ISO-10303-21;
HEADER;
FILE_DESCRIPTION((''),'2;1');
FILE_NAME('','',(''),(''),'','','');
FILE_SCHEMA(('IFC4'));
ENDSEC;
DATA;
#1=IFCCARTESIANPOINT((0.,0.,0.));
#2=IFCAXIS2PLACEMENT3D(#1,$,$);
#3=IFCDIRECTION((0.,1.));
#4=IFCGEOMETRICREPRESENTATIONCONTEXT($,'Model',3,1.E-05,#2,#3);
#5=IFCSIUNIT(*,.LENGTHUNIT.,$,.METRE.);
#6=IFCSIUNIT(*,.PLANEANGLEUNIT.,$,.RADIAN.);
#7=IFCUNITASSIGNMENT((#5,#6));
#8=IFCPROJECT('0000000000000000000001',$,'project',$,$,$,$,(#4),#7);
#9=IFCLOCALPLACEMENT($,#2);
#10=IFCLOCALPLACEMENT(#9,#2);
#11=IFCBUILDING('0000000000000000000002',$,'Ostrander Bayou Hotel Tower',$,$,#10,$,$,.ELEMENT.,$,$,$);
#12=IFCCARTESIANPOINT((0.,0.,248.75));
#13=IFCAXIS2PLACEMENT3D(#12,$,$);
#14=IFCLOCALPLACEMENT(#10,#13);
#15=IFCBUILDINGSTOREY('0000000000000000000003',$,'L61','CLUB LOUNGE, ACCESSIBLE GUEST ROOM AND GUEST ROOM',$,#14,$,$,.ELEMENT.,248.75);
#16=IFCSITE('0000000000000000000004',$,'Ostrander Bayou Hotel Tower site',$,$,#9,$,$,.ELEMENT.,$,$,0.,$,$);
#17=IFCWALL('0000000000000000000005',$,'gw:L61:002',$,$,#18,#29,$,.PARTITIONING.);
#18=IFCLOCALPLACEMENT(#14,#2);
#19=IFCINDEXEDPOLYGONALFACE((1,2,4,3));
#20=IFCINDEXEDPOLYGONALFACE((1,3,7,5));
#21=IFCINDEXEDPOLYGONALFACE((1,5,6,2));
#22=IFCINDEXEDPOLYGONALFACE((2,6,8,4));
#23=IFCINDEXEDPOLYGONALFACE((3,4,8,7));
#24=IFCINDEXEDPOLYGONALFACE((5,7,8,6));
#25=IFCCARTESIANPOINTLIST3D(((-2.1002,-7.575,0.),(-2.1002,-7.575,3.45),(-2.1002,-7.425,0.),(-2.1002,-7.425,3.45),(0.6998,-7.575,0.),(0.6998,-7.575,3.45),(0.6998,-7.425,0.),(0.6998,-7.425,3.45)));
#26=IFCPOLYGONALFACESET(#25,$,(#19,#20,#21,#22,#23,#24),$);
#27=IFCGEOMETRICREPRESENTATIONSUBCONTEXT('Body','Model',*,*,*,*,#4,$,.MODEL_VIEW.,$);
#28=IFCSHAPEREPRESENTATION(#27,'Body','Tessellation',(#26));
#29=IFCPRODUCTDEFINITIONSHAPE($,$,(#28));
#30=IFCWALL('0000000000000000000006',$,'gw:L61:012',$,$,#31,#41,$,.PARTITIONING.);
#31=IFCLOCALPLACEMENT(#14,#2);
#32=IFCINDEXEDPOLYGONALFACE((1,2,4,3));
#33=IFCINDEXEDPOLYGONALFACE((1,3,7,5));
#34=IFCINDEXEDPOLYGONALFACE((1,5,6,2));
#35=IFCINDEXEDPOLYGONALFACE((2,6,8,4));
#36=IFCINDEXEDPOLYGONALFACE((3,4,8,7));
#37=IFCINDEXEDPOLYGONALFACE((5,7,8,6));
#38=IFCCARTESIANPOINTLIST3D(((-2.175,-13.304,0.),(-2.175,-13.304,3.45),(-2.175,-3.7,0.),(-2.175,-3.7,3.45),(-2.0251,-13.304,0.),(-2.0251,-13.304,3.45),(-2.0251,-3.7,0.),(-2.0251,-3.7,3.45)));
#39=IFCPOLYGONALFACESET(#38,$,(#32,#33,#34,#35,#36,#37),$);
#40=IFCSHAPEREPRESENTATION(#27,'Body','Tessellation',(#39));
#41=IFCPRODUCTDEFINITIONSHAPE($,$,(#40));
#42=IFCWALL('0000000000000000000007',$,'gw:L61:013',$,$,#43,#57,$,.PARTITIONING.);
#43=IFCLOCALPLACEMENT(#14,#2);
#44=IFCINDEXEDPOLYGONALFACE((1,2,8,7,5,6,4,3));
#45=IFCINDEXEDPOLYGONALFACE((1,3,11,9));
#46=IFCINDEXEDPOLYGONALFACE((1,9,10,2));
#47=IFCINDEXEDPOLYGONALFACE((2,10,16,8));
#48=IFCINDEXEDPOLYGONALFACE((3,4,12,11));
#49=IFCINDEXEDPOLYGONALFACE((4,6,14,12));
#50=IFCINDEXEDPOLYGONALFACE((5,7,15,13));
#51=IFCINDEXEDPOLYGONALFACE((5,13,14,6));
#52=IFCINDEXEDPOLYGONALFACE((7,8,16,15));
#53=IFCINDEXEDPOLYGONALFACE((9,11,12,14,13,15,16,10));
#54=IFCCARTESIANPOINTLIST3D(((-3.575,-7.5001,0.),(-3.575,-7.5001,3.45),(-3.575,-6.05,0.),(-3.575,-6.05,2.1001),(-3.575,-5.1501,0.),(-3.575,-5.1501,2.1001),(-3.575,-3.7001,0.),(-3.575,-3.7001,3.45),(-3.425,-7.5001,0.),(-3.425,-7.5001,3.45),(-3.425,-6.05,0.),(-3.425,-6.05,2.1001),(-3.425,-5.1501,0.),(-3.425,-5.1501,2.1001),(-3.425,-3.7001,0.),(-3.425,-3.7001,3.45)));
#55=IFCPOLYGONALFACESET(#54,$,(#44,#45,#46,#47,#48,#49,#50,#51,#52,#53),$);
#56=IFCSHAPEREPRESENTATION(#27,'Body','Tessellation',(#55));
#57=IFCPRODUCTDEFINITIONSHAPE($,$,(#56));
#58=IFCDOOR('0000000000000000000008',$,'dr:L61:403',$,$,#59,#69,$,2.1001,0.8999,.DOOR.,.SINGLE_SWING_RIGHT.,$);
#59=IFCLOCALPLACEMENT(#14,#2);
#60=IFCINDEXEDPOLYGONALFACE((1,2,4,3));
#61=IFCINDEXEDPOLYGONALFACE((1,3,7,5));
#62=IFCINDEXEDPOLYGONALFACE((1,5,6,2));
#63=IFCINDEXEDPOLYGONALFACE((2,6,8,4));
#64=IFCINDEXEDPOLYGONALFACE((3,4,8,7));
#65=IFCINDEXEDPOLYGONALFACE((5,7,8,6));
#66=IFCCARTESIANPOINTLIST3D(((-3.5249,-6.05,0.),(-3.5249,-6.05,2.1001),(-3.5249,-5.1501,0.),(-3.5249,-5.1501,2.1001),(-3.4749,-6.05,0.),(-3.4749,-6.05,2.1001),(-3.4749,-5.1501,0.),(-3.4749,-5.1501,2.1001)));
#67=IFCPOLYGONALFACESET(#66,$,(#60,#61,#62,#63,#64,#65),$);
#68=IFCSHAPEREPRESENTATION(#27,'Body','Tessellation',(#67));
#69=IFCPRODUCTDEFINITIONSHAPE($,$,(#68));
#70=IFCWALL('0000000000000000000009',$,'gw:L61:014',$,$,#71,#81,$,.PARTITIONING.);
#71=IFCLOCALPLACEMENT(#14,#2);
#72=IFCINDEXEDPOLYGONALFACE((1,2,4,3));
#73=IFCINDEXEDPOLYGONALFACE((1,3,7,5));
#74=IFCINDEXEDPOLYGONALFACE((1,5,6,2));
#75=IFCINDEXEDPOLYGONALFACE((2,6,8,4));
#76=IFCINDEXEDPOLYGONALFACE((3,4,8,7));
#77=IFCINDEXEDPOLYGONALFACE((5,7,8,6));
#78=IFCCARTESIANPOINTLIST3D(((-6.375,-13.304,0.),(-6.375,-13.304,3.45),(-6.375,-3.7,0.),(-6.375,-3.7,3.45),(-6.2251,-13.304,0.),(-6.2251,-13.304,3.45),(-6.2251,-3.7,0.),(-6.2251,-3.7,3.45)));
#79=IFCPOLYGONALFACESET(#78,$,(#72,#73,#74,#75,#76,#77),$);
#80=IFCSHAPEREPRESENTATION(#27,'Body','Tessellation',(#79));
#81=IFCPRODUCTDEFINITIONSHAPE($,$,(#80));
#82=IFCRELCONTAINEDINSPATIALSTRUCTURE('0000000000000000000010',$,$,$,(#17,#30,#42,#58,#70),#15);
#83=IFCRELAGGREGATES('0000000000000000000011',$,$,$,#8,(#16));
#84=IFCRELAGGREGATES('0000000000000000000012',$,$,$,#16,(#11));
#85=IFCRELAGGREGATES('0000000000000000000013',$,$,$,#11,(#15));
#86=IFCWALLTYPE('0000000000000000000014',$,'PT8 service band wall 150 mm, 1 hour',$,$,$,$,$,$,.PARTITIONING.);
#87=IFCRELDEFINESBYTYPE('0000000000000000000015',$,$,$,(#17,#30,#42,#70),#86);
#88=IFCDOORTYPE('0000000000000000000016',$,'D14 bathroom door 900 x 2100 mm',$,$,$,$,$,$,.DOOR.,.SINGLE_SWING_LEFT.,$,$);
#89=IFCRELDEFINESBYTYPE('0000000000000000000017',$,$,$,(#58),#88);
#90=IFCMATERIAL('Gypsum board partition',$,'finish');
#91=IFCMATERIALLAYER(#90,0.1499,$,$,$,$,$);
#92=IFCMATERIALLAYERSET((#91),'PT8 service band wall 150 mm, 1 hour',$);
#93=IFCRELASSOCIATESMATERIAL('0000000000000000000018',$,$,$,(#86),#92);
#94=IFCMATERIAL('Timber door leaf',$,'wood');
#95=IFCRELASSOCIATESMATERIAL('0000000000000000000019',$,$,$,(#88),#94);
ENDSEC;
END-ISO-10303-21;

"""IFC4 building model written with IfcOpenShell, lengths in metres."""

from ifc_helpers import new_model, si_unit, direction, frame, frame_2d, origin, place, context, subcontext, project, spatial, rectangle, extrude, material, layer, layer_set, type_object, element, fill, save


model = new_model("IFC4")

# Units and contexts
model_context = context("Model", 3, precision=1e-05, world=origin(), true_north=direction((0.0, 1.0)))
body_context = subcontext(model_context, "Body", "Model", "MODEL_VIEW")
ifc_project = project(units=[si_unit("LENGTHUNIT", "METRE"), si_unit("PLANEANGLEUNIT", "RADIAN")], contexts=[model_context])

# Site, building, storey
site_placement = place(None, origin())
site = spatial("IfcSite", under=ifc_project, at=site_placement, Name="Ostrander Bayou Hotel Tower site", CompositionType="ELEMENT", RefElevation=0.0)
building_placement = place(site_placement, origin())
building = spatial("IfcBuilding", under=site, at=building_placement, Name="Ostrander Bayou Hotel Tower", CompositionType="ELEMENT")
storey_placement = place(building_placement, frame((0.0, 0.0, 248.75)))
storey = spatial("IfcBuildingStorey", under=building, at=storey_placement, Name="L61", Description="CLUB LOUNGE, ACCESSIBLE GUEST ROOM AND GUEST ROOM", CompositionType="ELEMENT", Elevation=248.75)

# Walls
ifc_material_1 = material(Name="Gypsum board partition", Category="finish")
ifc_layer_1 = layer(ifc_material_1, 0.1499)
ifc_layer_set_1 = layer_set([ifc_layer_1], Name="PT8 service band wall 150 mm, 1 hour")
wall_type_1 = type_object("IfcWallType", Name="PT8 service band wall 150 mm, 1 hour", PredefinedType="PARTITIONING", material=ifc_layer_set_1)
for number, where, z_axis, x_axis, name in (
    (1, (-2.1001, -7.5, 0.0), (0.0, 0.0, 1.0), (1.0, 0.0, 0.0), "gw:L61:002"),
):
    element("IfcWall", number, at=place(storey_placement, frame(where, z_axis=z_axis, x_axis=x_axis)), inside=storey, type_object=wall_type_1, Name=name, PredefinedType="PARTITIONING", context=body_context, shape_type="SweptSolid", body=[
        extrude(rectangle(XDim=2.8, YDim=0.1499, at=frame_2d((1.3999, 0.0))), origin(), (0.0, 0.0, 1.0), 3.45),
    ])
wall_1_placement = place(storey_placement, frame((-2.1001, -13.304, 0.0), z_axis=(0.0, 0.0, 1.0), x_axis=(0.0, 1.0, 0.0)))
element("IfcWall", 2, at=wall_1_placement, inside=storey, type_object=wall_type_1, Name="gw:L61:012", PredefinedType="PARTITIONING", context=body_context, shape_type="SweptSolid", body=[
    extrude(rectangle(XDim=9.604, YDim=0.1499, at=frame_2d((4.802, 0.0))), origin(), (0.0, 0.0, 1.0), 3.45),
])

# Wall, opening, door
wall_2_placement = place(storey_placement, frame((-3.5, -7.5, 0.0), z_axis=(0.0, 0.0, 1.0), x_axis=(0.0, 1.0, 0.0)))
wall_2 = element("IfcWall", 3, at=wall_2_placement, inside=storey, type_object=wall_type_1, Name="gw:L61:013", PredefinedType="PARTITIONING", context=body_context, shape_type="SweptSolid", body=[
    extrude(rectangle(XDim=3.8, YDim=0.1499, at=frame_2d((1.8999, 0.0))), origin(), (0.0, 0.0, 1.0), 3.45),
])
opening_1_placement = place(wall_2_placement, frame((1.45, 0.0, 0.0)))
opening_1 = element("IfcOpeningElement", 4, at=opening_1_placement, cuts=wall_2, PredefinedType="OPENING", context=body_context, shape_type="SweptSolid", body=[
    extrude(rectangle(XDim=0.8999, YDim=2.1001, at=frame_2d((0.45, 1.05))), frame((0.0, 0.075, 0.0), z_axis=(0.0, -1.0, 0.0), x_axis=(1.0, 0.0, 0.0)), (0.0, 0.0, 1.0), 0.1499),
])
ifc_material_2 = material(Name="Timber door leaf", Category="wood")
door_type_1 = type_object("IfcDoorType", Name="D14 bathroom door 900 x 2100 mm", OperationType="SINGLE_SWING_LEFT", PredefinedType="DOOR", material=ifc_material_2)
door_1_placement = place(opening_1_placement, origin())
door_1 = element("IfcDoor", 5, at=door_1_placement, inside=storey, type_object=door_type_1, Name="dr:L61:403", OperationType="SINGLE_SWING_RIGHT", OverallHeight=2.1001, OverallWidth=0.8999, PredefinedType="DOOR", context=body_context, shape_type="SweptSolid", body=[
    extrude(rectangle(XDim=0.8999, YDim=2.1001, at=frame_2d((0.45, 1.05))), frame((0.0, 0.0249, 0.0), z_axis=(0.0, -1.0, 0.0), x_axis=(1.0, 0.0, 0.0)), (0.0, 0.0, 1.0), 0.05),
])
fill(opening_1, door_1)

# Wall
wall_3_placement = place(storey_placement, frame((-6.3, -13.304, 0.0), z_axis=(0.0, 0.0, 1.0), x_axis=(0.0, 1.0, 0.0)))
element("IfcWall", 6, at=wall_3_placement, inside=storey, type_object=wall_type_1, Name="gw:L61:014", PredefinedType="PARTITIONING", context=body_context, shape_type="SweptSolid", body=[
    extrude(rectangle(XDim=9.604, YDim=0.1499, at=frame_2d((4.802, 0.0))), origin(), (0.0, 0.0, 1.0), 3.45),
])

save(model, "model.ifc")
